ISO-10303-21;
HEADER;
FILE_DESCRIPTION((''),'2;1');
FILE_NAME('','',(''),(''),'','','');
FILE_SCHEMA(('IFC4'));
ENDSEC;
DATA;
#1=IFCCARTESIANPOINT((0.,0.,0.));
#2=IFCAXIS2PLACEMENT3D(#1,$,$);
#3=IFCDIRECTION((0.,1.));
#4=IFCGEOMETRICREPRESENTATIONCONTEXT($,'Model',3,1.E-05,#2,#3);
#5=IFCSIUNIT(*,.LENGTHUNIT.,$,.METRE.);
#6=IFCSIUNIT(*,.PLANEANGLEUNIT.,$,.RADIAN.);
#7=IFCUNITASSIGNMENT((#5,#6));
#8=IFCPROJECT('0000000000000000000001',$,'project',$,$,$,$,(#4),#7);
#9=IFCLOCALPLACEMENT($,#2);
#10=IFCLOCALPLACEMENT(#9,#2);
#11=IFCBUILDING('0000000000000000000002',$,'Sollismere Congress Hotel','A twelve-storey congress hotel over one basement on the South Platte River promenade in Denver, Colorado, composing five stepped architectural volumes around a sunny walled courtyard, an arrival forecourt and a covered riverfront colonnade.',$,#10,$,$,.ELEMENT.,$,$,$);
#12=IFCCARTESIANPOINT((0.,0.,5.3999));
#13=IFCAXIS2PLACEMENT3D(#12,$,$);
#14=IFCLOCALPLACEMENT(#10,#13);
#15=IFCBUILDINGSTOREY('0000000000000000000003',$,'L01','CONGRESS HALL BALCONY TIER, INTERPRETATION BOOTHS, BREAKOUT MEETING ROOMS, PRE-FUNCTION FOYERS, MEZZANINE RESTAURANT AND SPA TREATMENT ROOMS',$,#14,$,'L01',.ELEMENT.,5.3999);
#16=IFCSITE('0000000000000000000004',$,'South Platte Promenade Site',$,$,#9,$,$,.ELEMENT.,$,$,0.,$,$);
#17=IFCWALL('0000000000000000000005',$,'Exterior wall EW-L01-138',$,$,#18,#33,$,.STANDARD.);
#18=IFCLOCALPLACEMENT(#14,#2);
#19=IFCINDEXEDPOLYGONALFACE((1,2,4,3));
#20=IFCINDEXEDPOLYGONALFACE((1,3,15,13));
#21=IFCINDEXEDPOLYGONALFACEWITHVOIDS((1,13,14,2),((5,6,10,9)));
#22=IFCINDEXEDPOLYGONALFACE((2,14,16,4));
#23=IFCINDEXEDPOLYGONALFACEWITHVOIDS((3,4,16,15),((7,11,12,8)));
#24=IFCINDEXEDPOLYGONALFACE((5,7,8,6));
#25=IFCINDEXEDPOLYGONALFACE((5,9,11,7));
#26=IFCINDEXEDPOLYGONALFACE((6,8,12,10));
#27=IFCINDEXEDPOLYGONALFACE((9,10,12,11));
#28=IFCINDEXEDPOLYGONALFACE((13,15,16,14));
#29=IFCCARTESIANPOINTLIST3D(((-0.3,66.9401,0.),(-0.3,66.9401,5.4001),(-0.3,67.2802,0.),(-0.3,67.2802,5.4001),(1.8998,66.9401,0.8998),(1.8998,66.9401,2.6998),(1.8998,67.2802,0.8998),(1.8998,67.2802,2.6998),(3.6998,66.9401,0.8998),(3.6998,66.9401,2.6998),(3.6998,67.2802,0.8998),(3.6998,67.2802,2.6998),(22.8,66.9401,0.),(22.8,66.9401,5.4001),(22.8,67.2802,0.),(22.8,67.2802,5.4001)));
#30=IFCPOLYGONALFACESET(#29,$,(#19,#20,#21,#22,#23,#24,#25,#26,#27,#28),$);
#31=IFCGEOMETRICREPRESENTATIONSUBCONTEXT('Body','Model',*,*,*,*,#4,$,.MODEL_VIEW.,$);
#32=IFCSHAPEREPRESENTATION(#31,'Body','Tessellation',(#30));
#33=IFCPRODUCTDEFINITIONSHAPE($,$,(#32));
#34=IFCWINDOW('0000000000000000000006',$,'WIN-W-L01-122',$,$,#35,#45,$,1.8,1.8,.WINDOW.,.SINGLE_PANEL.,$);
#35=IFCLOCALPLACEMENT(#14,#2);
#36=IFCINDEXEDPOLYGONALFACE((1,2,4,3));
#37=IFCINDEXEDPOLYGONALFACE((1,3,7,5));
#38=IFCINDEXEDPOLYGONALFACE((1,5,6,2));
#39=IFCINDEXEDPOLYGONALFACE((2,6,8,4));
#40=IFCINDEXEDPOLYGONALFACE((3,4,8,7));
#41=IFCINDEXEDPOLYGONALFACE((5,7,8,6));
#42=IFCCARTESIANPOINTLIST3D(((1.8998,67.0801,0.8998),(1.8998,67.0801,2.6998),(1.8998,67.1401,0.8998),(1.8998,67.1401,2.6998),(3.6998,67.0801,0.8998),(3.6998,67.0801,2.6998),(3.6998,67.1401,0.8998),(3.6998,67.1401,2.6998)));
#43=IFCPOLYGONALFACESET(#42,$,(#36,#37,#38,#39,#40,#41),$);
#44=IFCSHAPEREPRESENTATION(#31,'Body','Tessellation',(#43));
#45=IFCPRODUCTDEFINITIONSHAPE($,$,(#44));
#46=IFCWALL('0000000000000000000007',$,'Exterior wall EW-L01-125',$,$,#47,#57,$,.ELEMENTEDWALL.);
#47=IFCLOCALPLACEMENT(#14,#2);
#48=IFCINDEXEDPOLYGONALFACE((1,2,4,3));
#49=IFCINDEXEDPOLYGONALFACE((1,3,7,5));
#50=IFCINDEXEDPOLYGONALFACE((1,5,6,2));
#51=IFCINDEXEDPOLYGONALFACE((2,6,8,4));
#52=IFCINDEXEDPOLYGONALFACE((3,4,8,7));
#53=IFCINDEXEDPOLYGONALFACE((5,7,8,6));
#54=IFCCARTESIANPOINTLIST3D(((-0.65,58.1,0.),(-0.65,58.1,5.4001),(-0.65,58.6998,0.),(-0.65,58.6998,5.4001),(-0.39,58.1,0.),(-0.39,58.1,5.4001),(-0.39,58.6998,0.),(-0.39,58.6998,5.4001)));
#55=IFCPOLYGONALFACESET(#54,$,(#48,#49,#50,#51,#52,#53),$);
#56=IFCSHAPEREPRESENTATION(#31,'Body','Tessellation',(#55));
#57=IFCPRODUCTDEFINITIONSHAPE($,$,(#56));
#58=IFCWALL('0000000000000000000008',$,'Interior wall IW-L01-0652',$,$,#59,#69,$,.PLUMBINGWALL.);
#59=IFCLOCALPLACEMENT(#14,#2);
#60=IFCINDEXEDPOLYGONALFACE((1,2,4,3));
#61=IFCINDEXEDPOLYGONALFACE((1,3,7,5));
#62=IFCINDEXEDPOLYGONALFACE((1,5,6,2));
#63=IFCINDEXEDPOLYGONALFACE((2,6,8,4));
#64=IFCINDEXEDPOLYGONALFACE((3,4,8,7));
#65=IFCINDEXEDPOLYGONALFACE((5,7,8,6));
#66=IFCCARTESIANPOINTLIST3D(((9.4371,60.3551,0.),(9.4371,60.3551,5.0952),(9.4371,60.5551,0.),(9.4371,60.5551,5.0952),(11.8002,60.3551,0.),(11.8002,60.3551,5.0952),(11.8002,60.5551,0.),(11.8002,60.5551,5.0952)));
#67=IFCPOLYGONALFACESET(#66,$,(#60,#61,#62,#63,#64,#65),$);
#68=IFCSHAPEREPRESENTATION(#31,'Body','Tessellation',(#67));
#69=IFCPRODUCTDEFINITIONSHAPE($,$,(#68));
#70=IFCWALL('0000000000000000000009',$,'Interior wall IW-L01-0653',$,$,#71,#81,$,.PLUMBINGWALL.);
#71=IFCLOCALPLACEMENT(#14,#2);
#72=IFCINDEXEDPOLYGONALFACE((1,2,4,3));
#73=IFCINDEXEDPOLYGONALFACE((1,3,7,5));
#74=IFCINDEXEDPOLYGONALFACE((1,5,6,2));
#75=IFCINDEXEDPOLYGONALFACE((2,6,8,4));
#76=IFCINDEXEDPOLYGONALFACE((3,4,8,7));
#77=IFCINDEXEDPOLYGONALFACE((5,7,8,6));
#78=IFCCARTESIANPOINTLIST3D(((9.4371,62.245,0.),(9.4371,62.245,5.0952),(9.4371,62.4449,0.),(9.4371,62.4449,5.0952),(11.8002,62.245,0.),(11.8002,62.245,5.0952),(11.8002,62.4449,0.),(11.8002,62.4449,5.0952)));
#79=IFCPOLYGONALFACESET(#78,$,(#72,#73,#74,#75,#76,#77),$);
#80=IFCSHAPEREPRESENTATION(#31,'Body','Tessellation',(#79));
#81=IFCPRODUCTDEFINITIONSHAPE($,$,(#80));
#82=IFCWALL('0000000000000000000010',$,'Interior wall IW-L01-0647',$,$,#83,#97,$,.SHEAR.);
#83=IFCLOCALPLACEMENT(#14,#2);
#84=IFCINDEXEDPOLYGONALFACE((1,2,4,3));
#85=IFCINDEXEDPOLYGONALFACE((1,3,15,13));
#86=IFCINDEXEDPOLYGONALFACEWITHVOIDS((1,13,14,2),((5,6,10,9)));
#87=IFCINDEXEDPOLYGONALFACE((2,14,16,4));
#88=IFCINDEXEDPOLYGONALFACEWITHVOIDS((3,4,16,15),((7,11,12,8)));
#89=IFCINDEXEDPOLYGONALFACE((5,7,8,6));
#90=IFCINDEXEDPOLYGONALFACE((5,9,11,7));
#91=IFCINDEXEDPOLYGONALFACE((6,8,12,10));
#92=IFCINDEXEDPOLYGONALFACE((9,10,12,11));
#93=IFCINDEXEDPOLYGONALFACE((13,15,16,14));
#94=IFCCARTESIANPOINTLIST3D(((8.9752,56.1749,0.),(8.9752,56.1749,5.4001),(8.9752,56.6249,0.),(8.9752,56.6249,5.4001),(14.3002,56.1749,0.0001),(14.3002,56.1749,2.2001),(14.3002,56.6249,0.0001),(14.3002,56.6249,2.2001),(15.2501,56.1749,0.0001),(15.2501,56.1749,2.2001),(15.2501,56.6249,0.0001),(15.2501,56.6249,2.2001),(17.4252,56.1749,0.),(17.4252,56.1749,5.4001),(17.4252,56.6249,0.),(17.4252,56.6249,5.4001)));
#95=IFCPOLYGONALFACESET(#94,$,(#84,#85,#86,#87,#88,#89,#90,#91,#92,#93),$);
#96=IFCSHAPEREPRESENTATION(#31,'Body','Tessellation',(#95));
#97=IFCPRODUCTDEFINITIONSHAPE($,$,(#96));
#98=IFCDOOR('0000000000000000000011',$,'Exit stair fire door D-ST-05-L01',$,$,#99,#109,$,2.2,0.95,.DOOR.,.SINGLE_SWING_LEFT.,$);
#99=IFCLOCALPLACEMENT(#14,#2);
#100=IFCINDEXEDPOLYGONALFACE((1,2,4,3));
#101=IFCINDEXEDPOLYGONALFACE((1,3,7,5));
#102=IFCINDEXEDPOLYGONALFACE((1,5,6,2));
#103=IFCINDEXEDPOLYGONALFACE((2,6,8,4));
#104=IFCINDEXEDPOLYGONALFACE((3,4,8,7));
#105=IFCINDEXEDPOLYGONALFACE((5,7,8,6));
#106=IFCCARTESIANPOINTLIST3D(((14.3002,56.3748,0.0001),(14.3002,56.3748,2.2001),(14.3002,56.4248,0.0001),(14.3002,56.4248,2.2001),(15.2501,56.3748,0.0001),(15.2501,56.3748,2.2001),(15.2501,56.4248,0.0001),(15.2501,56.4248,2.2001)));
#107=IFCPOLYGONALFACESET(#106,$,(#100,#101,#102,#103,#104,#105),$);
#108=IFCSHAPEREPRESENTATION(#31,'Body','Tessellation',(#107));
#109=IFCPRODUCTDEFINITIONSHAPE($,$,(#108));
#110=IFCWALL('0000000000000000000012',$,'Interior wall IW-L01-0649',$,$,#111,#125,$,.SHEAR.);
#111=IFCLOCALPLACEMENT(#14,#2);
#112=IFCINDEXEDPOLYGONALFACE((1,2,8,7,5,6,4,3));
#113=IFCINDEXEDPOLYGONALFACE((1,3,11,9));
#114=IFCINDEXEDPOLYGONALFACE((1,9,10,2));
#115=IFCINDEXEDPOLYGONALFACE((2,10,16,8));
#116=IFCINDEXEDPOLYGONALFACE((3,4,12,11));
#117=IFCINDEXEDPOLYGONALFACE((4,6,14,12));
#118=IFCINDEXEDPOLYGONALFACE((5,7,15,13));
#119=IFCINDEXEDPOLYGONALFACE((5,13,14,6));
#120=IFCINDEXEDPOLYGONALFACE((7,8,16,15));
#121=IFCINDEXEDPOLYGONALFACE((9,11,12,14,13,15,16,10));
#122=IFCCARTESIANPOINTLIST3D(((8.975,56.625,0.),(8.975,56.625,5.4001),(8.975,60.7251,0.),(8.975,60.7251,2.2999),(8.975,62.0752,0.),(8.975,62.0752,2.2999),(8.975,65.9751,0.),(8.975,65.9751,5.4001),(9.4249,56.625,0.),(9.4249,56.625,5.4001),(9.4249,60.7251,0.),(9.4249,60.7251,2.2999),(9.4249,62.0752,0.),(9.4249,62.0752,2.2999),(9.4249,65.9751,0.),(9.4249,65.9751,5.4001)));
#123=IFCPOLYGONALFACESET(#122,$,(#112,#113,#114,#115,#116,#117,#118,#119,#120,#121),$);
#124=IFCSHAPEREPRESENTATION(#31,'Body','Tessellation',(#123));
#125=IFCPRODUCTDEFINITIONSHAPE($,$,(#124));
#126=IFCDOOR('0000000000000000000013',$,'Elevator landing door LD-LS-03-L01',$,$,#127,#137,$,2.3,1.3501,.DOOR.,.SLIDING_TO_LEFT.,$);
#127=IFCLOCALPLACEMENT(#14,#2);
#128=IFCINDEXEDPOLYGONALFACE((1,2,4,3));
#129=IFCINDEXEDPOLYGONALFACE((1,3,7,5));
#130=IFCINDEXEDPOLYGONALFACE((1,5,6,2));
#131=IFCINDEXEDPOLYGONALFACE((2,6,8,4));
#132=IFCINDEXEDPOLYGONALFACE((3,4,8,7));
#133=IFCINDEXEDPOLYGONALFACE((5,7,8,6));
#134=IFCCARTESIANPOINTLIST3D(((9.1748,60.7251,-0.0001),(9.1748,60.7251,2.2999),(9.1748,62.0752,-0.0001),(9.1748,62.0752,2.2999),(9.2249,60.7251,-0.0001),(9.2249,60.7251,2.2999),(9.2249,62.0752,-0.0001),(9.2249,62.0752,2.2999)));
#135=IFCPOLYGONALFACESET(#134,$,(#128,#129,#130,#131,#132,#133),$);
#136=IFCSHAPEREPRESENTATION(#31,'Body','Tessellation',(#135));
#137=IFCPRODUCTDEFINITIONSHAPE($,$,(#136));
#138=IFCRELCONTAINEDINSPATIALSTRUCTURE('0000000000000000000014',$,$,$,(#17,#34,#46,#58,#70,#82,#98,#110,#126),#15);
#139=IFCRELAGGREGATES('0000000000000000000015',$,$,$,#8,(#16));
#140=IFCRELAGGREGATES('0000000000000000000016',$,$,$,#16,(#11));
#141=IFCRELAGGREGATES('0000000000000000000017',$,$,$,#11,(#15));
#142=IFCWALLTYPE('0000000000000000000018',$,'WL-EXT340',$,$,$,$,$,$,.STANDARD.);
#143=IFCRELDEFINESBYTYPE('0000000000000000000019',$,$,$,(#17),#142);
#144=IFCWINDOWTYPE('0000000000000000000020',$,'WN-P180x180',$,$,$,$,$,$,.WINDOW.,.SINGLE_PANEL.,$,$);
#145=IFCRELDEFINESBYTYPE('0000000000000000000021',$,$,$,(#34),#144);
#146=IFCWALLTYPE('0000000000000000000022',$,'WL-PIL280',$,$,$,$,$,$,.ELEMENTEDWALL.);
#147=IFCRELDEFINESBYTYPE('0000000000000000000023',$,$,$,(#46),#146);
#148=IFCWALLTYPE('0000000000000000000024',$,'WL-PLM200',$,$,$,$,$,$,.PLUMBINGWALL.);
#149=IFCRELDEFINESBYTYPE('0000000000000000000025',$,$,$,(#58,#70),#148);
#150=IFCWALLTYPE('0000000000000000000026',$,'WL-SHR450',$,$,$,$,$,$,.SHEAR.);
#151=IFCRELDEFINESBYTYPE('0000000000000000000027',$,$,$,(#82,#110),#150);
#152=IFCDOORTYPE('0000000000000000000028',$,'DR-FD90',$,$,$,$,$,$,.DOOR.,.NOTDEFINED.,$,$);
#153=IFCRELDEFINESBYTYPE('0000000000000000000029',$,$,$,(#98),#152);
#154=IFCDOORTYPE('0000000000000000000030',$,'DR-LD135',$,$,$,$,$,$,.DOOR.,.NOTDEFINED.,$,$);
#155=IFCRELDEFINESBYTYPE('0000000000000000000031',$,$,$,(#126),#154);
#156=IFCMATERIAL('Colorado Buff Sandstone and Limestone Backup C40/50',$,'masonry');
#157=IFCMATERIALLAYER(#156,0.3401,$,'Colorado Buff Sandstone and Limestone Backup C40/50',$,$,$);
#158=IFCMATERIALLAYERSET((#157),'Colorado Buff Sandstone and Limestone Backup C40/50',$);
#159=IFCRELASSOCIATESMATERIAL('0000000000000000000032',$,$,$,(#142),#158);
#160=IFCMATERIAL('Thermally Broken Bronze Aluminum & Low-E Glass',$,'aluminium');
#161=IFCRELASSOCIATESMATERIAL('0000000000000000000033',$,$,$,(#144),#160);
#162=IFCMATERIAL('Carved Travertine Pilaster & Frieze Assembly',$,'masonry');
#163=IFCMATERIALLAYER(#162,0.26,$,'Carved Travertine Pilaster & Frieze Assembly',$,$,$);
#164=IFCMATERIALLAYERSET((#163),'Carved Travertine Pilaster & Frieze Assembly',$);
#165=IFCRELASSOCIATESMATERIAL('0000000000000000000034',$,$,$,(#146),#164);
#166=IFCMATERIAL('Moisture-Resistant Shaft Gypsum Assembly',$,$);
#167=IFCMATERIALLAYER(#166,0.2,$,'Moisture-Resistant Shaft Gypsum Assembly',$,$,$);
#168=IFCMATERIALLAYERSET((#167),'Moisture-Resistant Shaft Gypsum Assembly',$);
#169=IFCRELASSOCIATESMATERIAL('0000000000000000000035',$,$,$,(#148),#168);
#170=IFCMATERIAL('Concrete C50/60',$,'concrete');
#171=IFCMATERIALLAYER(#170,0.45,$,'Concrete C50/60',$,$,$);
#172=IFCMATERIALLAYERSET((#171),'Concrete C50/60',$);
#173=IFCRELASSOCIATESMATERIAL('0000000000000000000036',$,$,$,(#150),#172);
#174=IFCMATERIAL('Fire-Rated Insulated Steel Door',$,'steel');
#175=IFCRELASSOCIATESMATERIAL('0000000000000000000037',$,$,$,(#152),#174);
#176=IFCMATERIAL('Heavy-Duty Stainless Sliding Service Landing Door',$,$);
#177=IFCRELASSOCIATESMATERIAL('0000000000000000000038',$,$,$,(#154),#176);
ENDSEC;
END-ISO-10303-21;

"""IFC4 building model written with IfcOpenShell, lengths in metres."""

from ifc_helpers import new_model, si_unit, direction, frame, frame_2d, origin, place, context, subcontext, project, spatial, rectangle, extrude, material, layer, layer_set, type_object, element, fill, save


model = new_model("IFC4")

# Units and contexts
model_context = context("Model", 3, precision=1e-05, world=origin(), true_north=direction((0.0, 1.0)))
body_context = subcontext(model_context, "Body", "Model", "MODEL_VIEW")
ifc_project = project(units=[si_unit("LENGTHUNIT", "METRE"), si_unit("PLANEANGLEUNIT", "RADIAN")], contexts=[model_context])

# Site, building, storey
site_placement = place(None, origin())
site = spatial("IfcSite", under=ifc_project, at=site_placement, Name="South Platte Promenade Site", CompositionType="ELEMENT", RefElevation=0.0)
building_placement = place(site_placement, origin())
building = spatial("IfcBuilding", under=site, at=building_placement, Name="Sollismere Congress Hotel", Description="A twelve-storey congress hotel over one basement on the South Platte River promenade in Denver, Colorado, composing five stepped architectural volumes around a sunny walled courtyard, an arrival forecourt and a covered riverfront colonnade.", CompositionType="ELEMENT")
storey_placement = place(building_placement, frame((0.0, 0.0, 5.3999)))
storey = spatial("IfcBuildingStorey", under=building, at=storey_placement, Name="L01", Description="CONGRESS HALL BALCONY TIER, INTERPRETATION BOOTHS, BREAKOUT MEETING ROOMS, PRE-FUNCTION FOYERS, MEZZANINE RESTAURANT AND SPA TREATMENT ROOMS", LongName="L01", CompositionType="ELEMENT", Elevation=5.3999)

# Shared definitions
ifc_material_1 = material(Name="Colorado Buff Sandstone and Limestone Backup C40/50", Category="masonry")
ifc_layer_1 = layer(ifc_material_1, 0.3401, Name="Colorado Buff Sandstone and Limestone Backup C40/50")
ifc_layer_set_1 = layer_set([ifc_layer_1], Name="Colorado Buff Sandstone and Limestone Backup C40/50")
wall_type_1 = type_object("IfcWallType", Name="WL-EXT340", PredefinedType="STANDARD", material=ifc_layer_set_1)
ifc_material_2 = material(Name="Thermally Broken Bronze Aluminum & Low-E Glass", Category="aluminium")

# Wall, opening, window
wall_1_placement = place(storey_placement, frame((-0.3, 67.1101, 0.0), z_axis=(0.0, 0.0, 1.0), x_axis=(1.0, 0.0, 0.0)))
wall_1 = element("IfcWall", 1, at=wall_1_placement, inside=storey, type_object=wall_type_1, Name="Exterior wall EW-L01-138", PredefinedType="STANDARD", context=body_context, shape_type="SweptSolid", body=[
    extrude(rectangle(XDim=23.1001, YDim=0.3401, at=frame_2d((11.55, 0.0))), origin(), (0.0, 0.0, 1.0), 5.4001),
])
opening_1_placement = place(wall_1_placement, frame((2.2, 0.0, 0.8999)))
opening_1 = element("IfcOpeningElement", 2, at=opening_1_placement, cuts=wall_1, PredefinedType="OPENING", context=body_context, shape_type="SweptSolid", body=[
    extrude(rectangle(XDim=1.8, YDim=1.8, at=frame_2d((0.8999, 0.8999))), frame((0.0, 0.1799, 0.0), z_axis=(0.0, -1.0, 0.0), x_axis=(1.0, 0.0, 0.0)), (0.0, 0.0, 1.0), 0.3601),
])
window_type_1 = type_object("IfcWindowType", Name="WN-P180x180", PartitioningType="SINGLE_PANEL", PredefinedType="WINDOW", material=ifc_material_2)
window_1_placement = place(opening_1_placement, origin())
window_1 = element("IfcWindow", 3, at=window_1_placement, inside=storey, type_object=window_type_1, Name="WIN-W-L01-122", OverallHeight=1.8, OverallWidth=1.8, PartitioningType="SINGLE_PANEL", PredefinedType="WINDOW", context=body_context, shape_type="SweptSolid", body=[
    extrude(rectangle(XDim=1.8, YDim=1.8, at=frame_2d((0.8999, 0.8999))), frame((0.0, 0.03, 0.0), z_axis=(0.0, -1.0, 0.0), x_axis=(1.0, 0.0, 0.0)), (0.0, 0.0, 1.0), 0.0601),
])
fill(opening_1, window_1)

# Walls
ifc_material_3 = material(Name="Carved Travertine Pilaster & Frieze Assembly", Category="masonry")
ifc_layer_2 = layer(ifc_material_3, 0.26, Name="Carved Travertine Pilaster & Frieze Assembly")
ifc_layer_set_2 = layer_set([ifc_layer_2], Name="Carved Travertine Pilaster & Frieze Assembly")
wall_type_2 = type_object("IfcWallType", Name="WL-PIL280", PredefinedType="ELEMENTEDWALL", material=ifc_layer_set_2)
wall_2_placement = place(storey_placement, frame((-0.52, 58.1001, 0.0), z_axis=(0.0, 0.0, 1.0), x_axis=(0.0, 1.0, 0.0)))
element("IfcWall", 4, at=wall_2_placement, inside=storey, type_object=wall_type_2, Name="Exterior wall EW-L01-125", PredefinedType="ELEMENTEDWALL", context=body_context, shape_type="SweptSolid", body=[
    extrude(rectangle(XDim=0.5999, YDim=0.26, at=frame_2d((0.2998, 0.0))), origin(), (0.0, 0.0, 1.0), 5.4001),
])
ifc_material_4 = material(Name="Moisture-Resistant Shaft Gypsum Assembly")
ifc_layer_3 = layer(ifc_material_4, 0.2, Name="Moisture-Resistant Shaft Gypsum Assembly")
ifc_layer_set_3 = layer_set([ifc_layer_3], Name="Moisture-Resistant Shaft Gypsum Assembly")
wall_type_3 = type_object("IfcWallType", Name="WL-PLM200", PredefinedType="PLUMBINGWALL", material=ifc_layer_set_3)
for number, where, z_axis, x_axis, name in (
    (5, (9.437, 60.4551, 0.0), (0.0, 0.0, 1.0), (1.0, 0.0, 0.0), "Interior wall IW-L01-0652"),
    (6, (9.437, 62.345, 0.0), (0.0, 0.0, 1.0), (1.0, 0.0, 0.0), "Interior wall IW-L01-0653"),
):
    element("IfcWall", number, at=place(storey_placement, frame(where, z_axis=z_axis, x_axis=x_axis)), inside=storey, type_object=wall_type_3, Name=name, PredefinedType="PLUMBINGWALL", context=body_context, shape_type="SweptSolid", body=[
        extrude(rectangle(XDim=2.363, YDim=0.2, at=frame_2d((1.1816, 0.0))), origin(), (0.0, 0.0, 1.0), 5.0952),
    ])

# Walls, openings, doors
ifc_material_5 = material(Name="Concrete C50/60", Category="concrete")
ifc_layer_4 = layer(ifc_material_5, 0.45, Name="Concrete C50/60")
ifc_layer_set_4 = layer_set([ifc_layer_4], Name="Concrete C50/60")
wall_type_4 = type_object("IfcWallType", Name="WL-SHR450", PredefinedType="SHEAR", material=ifc_layer_set_4)
wall_3_placement = place(storey_placement, frame((8.9751, 56.3999, 0.0), z_axis=(0.0, 0.0, 1.0), x_axis=(1.0, 0.0, 0.0)))
wall_3 = element("IfcWall", 7, at=wall_3_placement, inside=storey, type_object=wall_type_4, Name="Interior wall IW-L01-0647", PredefinedType="SHEAR", context=body_context, shape_type="SweptSolid", body=[
    extrude(rectangle(XDim=8.45, YDim=0.45, at=frame_2d((4.2251, 0.0))), origin(), (0.0, 0.0, 1.0), 5.4001),
])
opening_2_placement = place(wall_3_placement, frame((5.325, 0.0, 0.0)))
opening_2 = element("IfcOpeningElement", 8, at=opening_2_placement, cuts=wall_3, PredefinedType="OPENING", context=body_context, shape_type="SweptSolid", body=[
    extrude(rectangle(XDim=0.95, YDim=2.2, at=frame_2d((0.4751, 1.1001))), frame((0.0, 0.2349, 0.0), z_axis=(0.0, -1.0, 0.0), x_axis=(1.0, 0.0, 0.0)), (0.0, 0.0, 1.0), 0.47),
])
ifc_material_6 = material(Name="Fire-Rated Insulated Steel Door", Category="steel")
door_type_1 = type_object("IfcDoorType", Name="DR-FD90", OperationType="NOTDEFINED", PredefinedType="DOOR", material=ifc_material_6)
door_1_placement = place(opening_2_placement, origin())
door_1 = element("IfcDoor", 9, at=door_1_placement, inside=storey, type_object=door_type_1, Name="Exit stair fire door D-ST-05-L01", OperationType="SINGLE_SWING_LEFT", OverallHeight=2.2, OverallWidth=0.95, PredefinedType="DOOR", context=body_context, shape_type="SweptSolid", body=[
    extrude(rectangle(XDim=0.95, YDim=2.2, at=frame_2d((0.4751, 1.1001))), frame((0.0, 0.0249, 0.0), z_axis=(0.0, -1.0, 0.0), x_axis=(1.0, 0.0, 0.0)), (0.0, 0.0, 1.0), 0.05),
])
fill(opening_2, door_1)
wall_4_placement = place(storey_placement, frame((9.2, 65.9751, 0.0), z_axis=(0.0, 0.0, 1.0), x_axis=(0.0, -1.0, 0.0)))
wall_4 = element("IfcWall", 10, at=wall_4_placement, inside=storey, type_object=wall_type_4, Name="Interior wall IW-L01-0649", PredefinedType="SHEAR", context=body_context, shape_type="SweptSolid", body=[
    extrude(rectangle(XDim=9.3501, YDim=0.45, at=frame_2d((4.675, 0.0))), origin(), (0.0, 0.0, 1.0), 5.4001),
])
opening_3_placement = place(wall_4_placement, frame((3.8999, 0.0, 0.0)))
opening_3 = element("IfcOpeningElement", 11, at=opening_3_placement, cuts=wall_4, PredefinedType="OPENING", context=body_context, shape_type="SweptSolid", body=[
    extrude(rectangle(XDim=1.3501, YDim=2.3, at=frame_2d((0.675, 1.1499))), frame((0.0, 0.2349, 0.0), z_axis=(0.0, -1.0, 0.0), x_axis=(1.0, 0.0, 0.0)), (0.0, 0.0, 1.0), 0.47),
])
ifc_material_7 = material(Name="Heavy-Duty Stainless Sliding Service Landing Door")
door_type_2 = type_object("IfcDoorType", Name="DR-LD135", OperationType="NOTDEFINED", PredefinedType="DOOR", material=ifc_material_7)
door_2_placement = place(opening_3_placement, origin())
door_2 = element("IfcDoor", 12, at=door_2_placement, inside=storey, type_object=door_type_2, Name="Elevator landing door LD-LS-03-L01", OperationType="SLIDING_TO_LEFT", OverallHeight=2.3, OverallWidth=1.3501, PredefinedType="DOOR", context=body_context, shape_type="SweptSolid", body=[
    extrude(rectangle(XDim=1.3501, YDim=2.3, at=frame_2d((0.675, 1.1499))), frame((0.0, 0.0249, 0.0), z_axis=(0.0, -1.0, 0.0), x_axis=(1.0, 0.0, 0.0)), (0.0, 0.0, 1.0), 0.05),
])
fill(opening_3, door_2)

save(model, "model.ifc")
